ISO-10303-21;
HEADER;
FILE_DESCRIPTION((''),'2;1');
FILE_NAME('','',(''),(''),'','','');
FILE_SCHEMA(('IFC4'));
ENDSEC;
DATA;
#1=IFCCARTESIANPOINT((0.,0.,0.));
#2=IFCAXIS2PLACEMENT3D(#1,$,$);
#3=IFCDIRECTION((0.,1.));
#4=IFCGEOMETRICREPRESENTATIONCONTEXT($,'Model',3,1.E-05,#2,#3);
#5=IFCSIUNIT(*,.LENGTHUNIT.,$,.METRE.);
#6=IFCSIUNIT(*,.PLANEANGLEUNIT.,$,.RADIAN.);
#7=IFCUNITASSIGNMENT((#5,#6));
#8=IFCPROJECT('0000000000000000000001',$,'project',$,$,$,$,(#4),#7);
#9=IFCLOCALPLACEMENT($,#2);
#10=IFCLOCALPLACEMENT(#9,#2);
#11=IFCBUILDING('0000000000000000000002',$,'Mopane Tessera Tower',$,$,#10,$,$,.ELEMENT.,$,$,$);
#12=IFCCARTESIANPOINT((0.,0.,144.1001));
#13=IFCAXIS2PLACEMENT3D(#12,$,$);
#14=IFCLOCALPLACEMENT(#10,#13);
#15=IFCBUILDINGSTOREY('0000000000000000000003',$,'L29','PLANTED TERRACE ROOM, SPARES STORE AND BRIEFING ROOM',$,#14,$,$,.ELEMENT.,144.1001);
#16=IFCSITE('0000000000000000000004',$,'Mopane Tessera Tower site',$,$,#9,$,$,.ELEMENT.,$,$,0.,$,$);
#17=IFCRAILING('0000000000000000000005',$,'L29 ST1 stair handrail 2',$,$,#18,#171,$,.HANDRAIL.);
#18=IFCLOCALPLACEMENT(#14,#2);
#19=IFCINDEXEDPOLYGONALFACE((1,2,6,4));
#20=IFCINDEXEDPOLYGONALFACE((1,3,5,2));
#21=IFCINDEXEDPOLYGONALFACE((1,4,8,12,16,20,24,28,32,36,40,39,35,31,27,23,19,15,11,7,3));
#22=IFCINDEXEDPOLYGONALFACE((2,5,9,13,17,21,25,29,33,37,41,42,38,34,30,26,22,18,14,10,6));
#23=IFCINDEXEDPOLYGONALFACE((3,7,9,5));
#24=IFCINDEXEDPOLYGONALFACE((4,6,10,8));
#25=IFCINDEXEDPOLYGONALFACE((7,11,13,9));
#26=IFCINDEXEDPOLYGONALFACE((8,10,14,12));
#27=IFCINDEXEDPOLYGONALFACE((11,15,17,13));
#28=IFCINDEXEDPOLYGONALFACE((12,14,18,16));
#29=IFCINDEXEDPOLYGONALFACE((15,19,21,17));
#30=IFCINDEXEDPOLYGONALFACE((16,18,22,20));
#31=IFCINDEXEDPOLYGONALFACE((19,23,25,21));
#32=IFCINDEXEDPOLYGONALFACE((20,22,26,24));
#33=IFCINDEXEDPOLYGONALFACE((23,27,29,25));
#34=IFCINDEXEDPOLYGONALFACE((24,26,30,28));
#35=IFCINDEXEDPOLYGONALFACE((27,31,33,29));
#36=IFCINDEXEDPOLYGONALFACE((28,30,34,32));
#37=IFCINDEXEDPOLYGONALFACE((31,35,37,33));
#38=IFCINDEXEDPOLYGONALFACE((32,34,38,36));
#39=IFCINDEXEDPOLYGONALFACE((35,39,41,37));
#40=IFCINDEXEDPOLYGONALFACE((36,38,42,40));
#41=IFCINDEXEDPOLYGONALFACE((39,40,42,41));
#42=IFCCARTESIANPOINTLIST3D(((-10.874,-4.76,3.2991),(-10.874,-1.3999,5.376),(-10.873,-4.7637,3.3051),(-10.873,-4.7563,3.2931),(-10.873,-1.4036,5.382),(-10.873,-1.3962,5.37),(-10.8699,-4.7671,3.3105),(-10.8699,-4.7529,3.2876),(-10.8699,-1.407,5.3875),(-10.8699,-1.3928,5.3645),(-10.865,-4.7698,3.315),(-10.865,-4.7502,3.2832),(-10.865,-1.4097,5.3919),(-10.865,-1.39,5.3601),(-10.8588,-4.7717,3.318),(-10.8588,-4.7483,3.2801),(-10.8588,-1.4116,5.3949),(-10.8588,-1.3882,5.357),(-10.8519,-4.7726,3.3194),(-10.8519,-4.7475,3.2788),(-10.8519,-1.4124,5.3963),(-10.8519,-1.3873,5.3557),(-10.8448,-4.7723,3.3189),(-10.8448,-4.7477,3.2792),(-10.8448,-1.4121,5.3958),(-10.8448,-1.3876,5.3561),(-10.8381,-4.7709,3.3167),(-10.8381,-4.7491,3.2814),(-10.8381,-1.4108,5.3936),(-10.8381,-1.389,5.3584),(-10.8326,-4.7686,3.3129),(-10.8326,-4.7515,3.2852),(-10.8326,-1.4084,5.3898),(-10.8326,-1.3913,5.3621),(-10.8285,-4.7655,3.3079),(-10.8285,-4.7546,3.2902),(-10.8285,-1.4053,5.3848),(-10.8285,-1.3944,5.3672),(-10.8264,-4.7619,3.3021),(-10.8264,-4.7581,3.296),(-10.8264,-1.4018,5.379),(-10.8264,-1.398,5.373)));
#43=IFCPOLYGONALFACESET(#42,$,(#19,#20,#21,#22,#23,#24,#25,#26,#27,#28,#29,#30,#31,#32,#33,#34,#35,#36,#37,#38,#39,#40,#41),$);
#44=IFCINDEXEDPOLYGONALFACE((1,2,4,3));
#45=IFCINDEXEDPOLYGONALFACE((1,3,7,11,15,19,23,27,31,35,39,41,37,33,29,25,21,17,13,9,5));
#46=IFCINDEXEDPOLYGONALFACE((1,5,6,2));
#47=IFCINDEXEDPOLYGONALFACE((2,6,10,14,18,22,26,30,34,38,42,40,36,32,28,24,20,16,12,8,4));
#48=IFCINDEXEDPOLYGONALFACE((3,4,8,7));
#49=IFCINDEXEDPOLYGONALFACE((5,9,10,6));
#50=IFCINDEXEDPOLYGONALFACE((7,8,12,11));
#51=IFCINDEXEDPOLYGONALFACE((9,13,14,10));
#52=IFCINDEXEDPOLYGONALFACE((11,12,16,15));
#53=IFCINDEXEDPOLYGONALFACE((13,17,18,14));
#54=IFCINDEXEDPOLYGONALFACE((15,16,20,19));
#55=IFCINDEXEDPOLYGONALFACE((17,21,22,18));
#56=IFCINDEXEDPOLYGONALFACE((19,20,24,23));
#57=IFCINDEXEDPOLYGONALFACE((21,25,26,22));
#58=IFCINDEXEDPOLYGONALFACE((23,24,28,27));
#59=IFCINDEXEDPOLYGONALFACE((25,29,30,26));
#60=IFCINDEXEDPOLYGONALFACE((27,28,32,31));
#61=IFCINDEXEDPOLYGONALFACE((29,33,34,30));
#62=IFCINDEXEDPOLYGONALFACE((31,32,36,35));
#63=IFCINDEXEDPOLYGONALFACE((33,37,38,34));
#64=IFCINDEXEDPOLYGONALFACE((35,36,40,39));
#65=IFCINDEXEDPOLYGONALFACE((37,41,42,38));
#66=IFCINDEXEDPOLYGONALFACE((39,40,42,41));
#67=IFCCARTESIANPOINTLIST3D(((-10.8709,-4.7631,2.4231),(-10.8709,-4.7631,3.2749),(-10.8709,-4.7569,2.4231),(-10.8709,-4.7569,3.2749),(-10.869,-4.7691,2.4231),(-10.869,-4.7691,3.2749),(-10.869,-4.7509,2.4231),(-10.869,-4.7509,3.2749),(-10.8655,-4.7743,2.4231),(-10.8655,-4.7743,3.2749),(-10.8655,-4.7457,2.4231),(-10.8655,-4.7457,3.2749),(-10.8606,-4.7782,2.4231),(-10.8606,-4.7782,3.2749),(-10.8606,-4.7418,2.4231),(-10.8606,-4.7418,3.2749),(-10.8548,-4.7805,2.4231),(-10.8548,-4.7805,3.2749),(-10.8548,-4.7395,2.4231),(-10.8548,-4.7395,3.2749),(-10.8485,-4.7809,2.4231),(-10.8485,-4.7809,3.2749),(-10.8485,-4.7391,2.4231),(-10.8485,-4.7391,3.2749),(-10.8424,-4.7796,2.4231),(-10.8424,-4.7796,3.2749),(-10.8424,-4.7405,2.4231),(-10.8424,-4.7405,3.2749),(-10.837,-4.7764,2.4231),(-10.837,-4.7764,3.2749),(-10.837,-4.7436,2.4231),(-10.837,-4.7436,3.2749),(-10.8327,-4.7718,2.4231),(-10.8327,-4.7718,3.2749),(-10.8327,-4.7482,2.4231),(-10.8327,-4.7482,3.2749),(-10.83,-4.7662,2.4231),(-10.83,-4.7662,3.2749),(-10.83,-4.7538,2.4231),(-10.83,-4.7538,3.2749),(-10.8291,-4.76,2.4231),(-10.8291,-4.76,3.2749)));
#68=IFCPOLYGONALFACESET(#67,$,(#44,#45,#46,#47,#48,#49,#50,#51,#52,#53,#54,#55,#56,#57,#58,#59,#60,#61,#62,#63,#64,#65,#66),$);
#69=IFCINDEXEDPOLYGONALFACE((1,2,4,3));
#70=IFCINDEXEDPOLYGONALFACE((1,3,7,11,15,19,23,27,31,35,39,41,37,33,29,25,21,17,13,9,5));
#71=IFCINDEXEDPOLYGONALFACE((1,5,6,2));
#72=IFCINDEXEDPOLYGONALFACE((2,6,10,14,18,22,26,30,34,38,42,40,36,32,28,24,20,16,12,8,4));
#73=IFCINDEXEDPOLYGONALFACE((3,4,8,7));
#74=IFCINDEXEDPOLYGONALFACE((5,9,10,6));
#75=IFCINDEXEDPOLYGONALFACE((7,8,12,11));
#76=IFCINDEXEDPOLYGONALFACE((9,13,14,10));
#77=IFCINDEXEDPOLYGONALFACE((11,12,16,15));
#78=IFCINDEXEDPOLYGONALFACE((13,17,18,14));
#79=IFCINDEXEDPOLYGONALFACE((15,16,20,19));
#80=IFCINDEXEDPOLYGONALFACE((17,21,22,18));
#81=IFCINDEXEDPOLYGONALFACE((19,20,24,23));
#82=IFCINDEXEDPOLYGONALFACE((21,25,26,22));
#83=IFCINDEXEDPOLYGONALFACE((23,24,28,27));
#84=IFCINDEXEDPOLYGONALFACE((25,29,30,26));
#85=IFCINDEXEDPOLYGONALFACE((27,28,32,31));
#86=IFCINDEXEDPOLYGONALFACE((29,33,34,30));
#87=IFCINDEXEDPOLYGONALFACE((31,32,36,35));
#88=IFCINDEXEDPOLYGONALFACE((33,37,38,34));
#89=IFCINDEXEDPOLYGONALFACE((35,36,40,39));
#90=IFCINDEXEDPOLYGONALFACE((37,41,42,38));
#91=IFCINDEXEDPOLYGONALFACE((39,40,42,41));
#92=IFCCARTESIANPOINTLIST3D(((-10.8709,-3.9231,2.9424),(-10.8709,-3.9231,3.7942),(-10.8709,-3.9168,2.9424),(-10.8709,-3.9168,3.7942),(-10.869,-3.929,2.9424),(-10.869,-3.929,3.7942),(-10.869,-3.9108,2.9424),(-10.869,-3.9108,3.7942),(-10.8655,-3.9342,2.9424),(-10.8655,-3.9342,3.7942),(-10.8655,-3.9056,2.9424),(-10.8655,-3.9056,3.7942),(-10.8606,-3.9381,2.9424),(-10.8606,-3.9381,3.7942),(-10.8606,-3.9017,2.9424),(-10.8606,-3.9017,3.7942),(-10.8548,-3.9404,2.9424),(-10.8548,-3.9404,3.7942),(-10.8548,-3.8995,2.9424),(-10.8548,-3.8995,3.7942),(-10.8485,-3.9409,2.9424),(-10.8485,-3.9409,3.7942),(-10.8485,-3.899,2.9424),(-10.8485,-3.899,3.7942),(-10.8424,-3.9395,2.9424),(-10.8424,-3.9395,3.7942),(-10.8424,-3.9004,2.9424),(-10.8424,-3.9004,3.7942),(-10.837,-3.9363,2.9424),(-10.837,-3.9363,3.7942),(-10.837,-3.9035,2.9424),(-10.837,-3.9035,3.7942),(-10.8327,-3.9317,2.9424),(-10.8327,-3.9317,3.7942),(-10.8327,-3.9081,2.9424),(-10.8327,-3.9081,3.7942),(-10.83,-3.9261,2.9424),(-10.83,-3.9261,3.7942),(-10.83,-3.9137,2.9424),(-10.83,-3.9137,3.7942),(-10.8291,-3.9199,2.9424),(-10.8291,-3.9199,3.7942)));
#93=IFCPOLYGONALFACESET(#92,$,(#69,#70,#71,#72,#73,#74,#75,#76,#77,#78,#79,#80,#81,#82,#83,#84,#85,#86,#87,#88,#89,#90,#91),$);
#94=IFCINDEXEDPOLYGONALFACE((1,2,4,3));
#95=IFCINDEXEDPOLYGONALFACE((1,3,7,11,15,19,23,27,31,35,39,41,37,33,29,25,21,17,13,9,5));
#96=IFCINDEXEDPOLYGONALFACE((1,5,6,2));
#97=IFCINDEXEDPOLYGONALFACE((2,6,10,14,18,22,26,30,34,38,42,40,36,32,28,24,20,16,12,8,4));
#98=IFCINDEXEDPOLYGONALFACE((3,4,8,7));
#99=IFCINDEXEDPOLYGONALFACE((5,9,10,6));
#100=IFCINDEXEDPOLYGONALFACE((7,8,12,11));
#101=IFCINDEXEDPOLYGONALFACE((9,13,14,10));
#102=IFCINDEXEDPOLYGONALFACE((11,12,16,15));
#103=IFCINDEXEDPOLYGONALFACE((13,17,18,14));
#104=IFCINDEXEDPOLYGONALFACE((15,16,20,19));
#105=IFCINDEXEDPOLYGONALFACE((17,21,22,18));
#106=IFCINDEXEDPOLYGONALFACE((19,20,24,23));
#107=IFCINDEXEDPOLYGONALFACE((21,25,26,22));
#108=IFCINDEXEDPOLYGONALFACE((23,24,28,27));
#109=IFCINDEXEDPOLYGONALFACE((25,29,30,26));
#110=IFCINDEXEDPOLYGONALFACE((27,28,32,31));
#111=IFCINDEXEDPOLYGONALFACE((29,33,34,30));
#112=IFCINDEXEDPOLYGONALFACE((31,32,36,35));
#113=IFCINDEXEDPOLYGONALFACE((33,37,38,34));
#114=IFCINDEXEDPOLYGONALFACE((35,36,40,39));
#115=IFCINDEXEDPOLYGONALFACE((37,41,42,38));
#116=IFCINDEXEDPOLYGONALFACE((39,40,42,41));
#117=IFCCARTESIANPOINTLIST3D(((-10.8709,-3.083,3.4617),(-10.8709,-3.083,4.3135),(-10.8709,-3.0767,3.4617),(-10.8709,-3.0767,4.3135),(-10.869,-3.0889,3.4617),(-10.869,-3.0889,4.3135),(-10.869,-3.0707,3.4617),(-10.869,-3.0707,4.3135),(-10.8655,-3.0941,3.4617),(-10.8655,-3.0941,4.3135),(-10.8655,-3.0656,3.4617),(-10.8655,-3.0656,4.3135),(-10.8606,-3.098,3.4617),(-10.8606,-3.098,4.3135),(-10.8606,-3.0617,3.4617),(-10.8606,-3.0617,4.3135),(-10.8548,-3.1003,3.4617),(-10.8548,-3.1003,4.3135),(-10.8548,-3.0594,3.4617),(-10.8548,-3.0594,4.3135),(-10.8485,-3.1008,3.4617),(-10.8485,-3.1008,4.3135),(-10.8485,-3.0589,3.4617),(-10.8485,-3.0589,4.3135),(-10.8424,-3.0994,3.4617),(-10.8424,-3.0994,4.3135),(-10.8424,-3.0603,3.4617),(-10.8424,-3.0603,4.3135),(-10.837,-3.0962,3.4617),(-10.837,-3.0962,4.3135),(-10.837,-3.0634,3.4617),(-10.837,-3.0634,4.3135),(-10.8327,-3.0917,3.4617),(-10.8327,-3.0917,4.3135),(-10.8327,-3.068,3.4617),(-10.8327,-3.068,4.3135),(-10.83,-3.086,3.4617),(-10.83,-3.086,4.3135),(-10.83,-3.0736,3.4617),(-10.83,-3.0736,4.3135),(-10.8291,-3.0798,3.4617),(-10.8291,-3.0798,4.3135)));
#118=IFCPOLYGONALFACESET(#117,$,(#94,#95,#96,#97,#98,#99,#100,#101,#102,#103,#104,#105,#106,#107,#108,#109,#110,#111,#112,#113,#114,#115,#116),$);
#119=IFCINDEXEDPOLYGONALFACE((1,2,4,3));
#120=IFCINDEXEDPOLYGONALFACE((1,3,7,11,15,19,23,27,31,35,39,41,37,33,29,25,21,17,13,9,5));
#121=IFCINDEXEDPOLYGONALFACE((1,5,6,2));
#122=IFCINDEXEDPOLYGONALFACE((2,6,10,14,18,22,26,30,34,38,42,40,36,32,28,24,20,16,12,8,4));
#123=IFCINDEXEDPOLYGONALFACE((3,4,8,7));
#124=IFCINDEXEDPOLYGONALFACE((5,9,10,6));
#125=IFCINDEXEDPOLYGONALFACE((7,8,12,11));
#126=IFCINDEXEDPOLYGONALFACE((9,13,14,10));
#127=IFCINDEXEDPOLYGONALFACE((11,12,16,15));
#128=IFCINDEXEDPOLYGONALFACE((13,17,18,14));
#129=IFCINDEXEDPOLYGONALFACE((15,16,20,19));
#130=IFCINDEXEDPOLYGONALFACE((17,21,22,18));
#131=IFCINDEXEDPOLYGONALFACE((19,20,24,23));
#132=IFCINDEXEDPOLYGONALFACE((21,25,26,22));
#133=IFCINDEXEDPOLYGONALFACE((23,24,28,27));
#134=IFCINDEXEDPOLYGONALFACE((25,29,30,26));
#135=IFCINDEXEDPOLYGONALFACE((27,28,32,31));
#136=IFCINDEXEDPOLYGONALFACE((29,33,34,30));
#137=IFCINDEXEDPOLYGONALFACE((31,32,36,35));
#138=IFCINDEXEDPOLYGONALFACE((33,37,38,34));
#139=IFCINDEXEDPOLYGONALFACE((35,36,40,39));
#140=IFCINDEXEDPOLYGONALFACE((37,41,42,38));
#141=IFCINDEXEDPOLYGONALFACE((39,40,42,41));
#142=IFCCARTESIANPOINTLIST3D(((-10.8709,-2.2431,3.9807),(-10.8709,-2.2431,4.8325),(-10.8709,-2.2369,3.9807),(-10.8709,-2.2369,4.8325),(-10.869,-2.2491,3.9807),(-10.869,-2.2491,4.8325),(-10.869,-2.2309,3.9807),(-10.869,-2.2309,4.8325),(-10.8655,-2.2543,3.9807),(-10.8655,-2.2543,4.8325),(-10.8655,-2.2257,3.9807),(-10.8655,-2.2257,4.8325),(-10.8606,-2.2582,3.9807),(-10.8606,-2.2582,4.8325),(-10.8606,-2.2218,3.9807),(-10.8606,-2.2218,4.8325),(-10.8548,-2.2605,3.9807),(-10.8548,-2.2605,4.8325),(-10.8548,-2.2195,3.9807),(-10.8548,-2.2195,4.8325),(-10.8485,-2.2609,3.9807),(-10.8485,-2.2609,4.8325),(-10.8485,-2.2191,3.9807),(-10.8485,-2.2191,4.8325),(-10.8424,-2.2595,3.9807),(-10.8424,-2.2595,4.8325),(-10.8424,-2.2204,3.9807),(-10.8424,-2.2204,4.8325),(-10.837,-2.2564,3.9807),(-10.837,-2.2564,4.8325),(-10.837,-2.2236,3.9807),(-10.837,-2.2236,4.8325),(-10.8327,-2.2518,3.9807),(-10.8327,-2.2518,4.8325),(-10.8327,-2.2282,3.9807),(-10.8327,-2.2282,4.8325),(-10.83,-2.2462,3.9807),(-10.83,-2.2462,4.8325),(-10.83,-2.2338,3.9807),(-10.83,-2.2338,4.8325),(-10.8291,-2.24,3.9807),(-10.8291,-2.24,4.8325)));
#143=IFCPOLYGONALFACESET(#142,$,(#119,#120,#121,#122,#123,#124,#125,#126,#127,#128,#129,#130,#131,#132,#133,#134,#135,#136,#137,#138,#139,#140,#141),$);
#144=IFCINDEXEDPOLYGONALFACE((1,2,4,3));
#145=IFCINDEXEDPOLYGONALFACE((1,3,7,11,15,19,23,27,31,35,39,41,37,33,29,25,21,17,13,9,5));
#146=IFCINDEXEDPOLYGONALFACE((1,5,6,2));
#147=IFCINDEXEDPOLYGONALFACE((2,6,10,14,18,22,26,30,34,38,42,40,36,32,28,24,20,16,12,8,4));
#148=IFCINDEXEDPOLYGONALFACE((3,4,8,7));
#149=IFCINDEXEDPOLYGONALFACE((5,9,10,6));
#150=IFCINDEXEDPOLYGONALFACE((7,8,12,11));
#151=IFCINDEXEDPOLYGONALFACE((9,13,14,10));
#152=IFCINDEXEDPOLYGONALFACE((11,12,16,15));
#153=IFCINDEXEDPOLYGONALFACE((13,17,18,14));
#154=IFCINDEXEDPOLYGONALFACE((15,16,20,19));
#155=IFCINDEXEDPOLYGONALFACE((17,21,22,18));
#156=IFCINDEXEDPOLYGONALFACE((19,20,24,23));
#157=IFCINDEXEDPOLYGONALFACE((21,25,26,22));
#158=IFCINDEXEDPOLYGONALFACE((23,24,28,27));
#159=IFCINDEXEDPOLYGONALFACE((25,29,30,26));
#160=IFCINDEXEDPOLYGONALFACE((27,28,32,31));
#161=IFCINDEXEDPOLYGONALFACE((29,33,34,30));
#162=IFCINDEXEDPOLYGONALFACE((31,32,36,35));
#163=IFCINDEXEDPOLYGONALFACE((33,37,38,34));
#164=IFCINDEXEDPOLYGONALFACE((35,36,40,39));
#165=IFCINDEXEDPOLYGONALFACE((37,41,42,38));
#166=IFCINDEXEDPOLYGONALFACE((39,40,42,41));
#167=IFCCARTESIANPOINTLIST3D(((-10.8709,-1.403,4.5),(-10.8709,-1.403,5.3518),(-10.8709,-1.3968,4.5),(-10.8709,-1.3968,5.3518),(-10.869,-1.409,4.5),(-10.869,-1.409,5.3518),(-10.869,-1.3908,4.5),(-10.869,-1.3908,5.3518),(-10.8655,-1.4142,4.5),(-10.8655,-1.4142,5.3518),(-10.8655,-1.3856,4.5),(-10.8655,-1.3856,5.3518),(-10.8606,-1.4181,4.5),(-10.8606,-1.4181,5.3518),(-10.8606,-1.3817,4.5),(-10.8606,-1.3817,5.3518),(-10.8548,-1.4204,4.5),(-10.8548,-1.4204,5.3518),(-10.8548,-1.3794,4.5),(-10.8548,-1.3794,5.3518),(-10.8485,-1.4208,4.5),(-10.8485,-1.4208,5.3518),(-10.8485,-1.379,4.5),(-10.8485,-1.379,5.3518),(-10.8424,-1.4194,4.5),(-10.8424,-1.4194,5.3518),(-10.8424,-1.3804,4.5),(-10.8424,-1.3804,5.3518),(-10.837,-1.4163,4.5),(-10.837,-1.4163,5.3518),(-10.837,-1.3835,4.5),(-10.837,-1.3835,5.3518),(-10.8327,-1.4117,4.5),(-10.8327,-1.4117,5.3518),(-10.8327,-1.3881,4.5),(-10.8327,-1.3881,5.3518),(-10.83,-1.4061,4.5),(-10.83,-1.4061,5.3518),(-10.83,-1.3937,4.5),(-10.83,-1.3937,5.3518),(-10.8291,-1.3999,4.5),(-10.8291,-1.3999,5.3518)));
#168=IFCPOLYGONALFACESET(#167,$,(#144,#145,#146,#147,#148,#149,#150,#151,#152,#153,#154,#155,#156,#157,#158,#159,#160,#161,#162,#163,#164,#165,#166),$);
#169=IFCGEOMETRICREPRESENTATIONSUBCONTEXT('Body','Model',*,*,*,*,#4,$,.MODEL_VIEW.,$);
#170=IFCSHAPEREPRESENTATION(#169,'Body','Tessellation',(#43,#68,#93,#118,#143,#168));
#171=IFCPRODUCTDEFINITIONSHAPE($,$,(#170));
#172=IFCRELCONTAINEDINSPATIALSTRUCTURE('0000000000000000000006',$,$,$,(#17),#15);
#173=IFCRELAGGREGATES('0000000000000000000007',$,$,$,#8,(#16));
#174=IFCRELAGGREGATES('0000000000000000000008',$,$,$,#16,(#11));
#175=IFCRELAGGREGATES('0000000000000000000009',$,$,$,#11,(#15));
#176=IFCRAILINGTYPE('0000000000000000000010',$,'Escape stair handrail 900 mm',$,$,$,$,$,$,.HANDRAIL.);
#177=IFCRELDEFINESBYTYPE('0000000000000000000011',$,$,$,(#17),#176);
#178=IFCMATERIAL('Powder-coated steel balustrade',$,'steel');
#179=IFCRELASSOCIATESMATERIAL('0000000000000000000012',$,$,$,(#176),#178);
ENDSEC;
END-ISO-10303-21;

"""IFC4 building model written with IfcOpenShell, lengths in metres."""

from ifc_helpers import new_model, si_unit, direction, frame, origin, origin_2d, place, context, subcontext, project, spatial, circle, extrude, material, type_object, element, save


model = new_model("IFC4")

# Units and contexts
model_context = context("Model", 3, precision=1e-05, world=origin(), true_north=direction((0.0, 1.0)))
body_context = subcontext(model_context, "Body", "Model", "MODEL_VIEW")
ifc_project = project(units=[si_unit("LENGTHUNIT", "METRE"), si_unit("PLANEANGLEUNIT", "RADIAN")], contexts=[model_context])

# Site, building, storey
site_placement = place(None, origin())
site = spatial("IfcSite", under=ifc_project, at=site_placement, Name="Mopane Tessera Tower site", CompositionType="ELEMENT", RefElevation=0.0)
building_placement = place(site_placement, origin())
building = spatial("IfcBuilding", under=site, at=building_placement, Name="Mopane Tessera Tower", CompositionType="ELEMENT")
storey_placement = place(building_placement, frame((0.0, 0.0, 144.1001)))
storey = spatial("IfcBuildingStorey", under=building, at=storey_placement, Name="L29", Description="PLANTED TERRACE ROOM, SPARES STORE AND BRIEFING ROOM", CompositionType="ELEMENT", Elevation=144.1001)

# Railing
ifc_material_1 = material(Name="Powder-coated steel balustrade", Category="steel")
railing_type_1 = type_object("IfcRailingType", Name="Escape stair handrail 900 mm", PredefinedType="HANDRAIL", material=ifc_material_1)
railing_1_placement = place(storey_placement, frame((-10.8501, -4.76, 2.4231)))
element("IfcRailing", 1, at=railing_1_placement, inside=storey, type_object=railing_type_1, Name="L29 ST1 stair handrail 2", PredefinedType="HANDRAIL", context=body_context, shape_type="SweptSolid", body=[
    extrude(circle(Radius=0.0239, at=origin_2d()), frame((0.0, 0.0, 0.876), z_axis=(0.0, 0.850623, 0.525776), x_axis=(-1.0, 0.0, 0.0)), (0.0, 0.0, 1.0), 3.9502),
    extrude(circle(Radius=0.021, at=origin_2d()), origin(), (0.0, 0.0, 1.0), 0.8518),
    extrude(circle(Radius=0.021, at=origin_2d()), frame((0.0, 0.8401, 0.5193)), (0.0, 0.0, 1.0), 0.8518),
    extrude(circle(Radius=0.021, at=origin_2d()), frame((0.0, 1.6802, 1.0386)), (0.0, 0.0, 1.0), 0.8518),
    extrude(circle(Radius=0.021, at=origin_2d()), frame((0.0, 2.52, 1.5576)), (0.0, 0.0, 1.0), 0.8518),
    extrude(circle(Radius=0.021, at=origin_2d()), frame((0.0, 3.3601, 2.0769)), (0.0, 0.0, 1.0), 0.8518),
])

save(model, "model.ifc")
